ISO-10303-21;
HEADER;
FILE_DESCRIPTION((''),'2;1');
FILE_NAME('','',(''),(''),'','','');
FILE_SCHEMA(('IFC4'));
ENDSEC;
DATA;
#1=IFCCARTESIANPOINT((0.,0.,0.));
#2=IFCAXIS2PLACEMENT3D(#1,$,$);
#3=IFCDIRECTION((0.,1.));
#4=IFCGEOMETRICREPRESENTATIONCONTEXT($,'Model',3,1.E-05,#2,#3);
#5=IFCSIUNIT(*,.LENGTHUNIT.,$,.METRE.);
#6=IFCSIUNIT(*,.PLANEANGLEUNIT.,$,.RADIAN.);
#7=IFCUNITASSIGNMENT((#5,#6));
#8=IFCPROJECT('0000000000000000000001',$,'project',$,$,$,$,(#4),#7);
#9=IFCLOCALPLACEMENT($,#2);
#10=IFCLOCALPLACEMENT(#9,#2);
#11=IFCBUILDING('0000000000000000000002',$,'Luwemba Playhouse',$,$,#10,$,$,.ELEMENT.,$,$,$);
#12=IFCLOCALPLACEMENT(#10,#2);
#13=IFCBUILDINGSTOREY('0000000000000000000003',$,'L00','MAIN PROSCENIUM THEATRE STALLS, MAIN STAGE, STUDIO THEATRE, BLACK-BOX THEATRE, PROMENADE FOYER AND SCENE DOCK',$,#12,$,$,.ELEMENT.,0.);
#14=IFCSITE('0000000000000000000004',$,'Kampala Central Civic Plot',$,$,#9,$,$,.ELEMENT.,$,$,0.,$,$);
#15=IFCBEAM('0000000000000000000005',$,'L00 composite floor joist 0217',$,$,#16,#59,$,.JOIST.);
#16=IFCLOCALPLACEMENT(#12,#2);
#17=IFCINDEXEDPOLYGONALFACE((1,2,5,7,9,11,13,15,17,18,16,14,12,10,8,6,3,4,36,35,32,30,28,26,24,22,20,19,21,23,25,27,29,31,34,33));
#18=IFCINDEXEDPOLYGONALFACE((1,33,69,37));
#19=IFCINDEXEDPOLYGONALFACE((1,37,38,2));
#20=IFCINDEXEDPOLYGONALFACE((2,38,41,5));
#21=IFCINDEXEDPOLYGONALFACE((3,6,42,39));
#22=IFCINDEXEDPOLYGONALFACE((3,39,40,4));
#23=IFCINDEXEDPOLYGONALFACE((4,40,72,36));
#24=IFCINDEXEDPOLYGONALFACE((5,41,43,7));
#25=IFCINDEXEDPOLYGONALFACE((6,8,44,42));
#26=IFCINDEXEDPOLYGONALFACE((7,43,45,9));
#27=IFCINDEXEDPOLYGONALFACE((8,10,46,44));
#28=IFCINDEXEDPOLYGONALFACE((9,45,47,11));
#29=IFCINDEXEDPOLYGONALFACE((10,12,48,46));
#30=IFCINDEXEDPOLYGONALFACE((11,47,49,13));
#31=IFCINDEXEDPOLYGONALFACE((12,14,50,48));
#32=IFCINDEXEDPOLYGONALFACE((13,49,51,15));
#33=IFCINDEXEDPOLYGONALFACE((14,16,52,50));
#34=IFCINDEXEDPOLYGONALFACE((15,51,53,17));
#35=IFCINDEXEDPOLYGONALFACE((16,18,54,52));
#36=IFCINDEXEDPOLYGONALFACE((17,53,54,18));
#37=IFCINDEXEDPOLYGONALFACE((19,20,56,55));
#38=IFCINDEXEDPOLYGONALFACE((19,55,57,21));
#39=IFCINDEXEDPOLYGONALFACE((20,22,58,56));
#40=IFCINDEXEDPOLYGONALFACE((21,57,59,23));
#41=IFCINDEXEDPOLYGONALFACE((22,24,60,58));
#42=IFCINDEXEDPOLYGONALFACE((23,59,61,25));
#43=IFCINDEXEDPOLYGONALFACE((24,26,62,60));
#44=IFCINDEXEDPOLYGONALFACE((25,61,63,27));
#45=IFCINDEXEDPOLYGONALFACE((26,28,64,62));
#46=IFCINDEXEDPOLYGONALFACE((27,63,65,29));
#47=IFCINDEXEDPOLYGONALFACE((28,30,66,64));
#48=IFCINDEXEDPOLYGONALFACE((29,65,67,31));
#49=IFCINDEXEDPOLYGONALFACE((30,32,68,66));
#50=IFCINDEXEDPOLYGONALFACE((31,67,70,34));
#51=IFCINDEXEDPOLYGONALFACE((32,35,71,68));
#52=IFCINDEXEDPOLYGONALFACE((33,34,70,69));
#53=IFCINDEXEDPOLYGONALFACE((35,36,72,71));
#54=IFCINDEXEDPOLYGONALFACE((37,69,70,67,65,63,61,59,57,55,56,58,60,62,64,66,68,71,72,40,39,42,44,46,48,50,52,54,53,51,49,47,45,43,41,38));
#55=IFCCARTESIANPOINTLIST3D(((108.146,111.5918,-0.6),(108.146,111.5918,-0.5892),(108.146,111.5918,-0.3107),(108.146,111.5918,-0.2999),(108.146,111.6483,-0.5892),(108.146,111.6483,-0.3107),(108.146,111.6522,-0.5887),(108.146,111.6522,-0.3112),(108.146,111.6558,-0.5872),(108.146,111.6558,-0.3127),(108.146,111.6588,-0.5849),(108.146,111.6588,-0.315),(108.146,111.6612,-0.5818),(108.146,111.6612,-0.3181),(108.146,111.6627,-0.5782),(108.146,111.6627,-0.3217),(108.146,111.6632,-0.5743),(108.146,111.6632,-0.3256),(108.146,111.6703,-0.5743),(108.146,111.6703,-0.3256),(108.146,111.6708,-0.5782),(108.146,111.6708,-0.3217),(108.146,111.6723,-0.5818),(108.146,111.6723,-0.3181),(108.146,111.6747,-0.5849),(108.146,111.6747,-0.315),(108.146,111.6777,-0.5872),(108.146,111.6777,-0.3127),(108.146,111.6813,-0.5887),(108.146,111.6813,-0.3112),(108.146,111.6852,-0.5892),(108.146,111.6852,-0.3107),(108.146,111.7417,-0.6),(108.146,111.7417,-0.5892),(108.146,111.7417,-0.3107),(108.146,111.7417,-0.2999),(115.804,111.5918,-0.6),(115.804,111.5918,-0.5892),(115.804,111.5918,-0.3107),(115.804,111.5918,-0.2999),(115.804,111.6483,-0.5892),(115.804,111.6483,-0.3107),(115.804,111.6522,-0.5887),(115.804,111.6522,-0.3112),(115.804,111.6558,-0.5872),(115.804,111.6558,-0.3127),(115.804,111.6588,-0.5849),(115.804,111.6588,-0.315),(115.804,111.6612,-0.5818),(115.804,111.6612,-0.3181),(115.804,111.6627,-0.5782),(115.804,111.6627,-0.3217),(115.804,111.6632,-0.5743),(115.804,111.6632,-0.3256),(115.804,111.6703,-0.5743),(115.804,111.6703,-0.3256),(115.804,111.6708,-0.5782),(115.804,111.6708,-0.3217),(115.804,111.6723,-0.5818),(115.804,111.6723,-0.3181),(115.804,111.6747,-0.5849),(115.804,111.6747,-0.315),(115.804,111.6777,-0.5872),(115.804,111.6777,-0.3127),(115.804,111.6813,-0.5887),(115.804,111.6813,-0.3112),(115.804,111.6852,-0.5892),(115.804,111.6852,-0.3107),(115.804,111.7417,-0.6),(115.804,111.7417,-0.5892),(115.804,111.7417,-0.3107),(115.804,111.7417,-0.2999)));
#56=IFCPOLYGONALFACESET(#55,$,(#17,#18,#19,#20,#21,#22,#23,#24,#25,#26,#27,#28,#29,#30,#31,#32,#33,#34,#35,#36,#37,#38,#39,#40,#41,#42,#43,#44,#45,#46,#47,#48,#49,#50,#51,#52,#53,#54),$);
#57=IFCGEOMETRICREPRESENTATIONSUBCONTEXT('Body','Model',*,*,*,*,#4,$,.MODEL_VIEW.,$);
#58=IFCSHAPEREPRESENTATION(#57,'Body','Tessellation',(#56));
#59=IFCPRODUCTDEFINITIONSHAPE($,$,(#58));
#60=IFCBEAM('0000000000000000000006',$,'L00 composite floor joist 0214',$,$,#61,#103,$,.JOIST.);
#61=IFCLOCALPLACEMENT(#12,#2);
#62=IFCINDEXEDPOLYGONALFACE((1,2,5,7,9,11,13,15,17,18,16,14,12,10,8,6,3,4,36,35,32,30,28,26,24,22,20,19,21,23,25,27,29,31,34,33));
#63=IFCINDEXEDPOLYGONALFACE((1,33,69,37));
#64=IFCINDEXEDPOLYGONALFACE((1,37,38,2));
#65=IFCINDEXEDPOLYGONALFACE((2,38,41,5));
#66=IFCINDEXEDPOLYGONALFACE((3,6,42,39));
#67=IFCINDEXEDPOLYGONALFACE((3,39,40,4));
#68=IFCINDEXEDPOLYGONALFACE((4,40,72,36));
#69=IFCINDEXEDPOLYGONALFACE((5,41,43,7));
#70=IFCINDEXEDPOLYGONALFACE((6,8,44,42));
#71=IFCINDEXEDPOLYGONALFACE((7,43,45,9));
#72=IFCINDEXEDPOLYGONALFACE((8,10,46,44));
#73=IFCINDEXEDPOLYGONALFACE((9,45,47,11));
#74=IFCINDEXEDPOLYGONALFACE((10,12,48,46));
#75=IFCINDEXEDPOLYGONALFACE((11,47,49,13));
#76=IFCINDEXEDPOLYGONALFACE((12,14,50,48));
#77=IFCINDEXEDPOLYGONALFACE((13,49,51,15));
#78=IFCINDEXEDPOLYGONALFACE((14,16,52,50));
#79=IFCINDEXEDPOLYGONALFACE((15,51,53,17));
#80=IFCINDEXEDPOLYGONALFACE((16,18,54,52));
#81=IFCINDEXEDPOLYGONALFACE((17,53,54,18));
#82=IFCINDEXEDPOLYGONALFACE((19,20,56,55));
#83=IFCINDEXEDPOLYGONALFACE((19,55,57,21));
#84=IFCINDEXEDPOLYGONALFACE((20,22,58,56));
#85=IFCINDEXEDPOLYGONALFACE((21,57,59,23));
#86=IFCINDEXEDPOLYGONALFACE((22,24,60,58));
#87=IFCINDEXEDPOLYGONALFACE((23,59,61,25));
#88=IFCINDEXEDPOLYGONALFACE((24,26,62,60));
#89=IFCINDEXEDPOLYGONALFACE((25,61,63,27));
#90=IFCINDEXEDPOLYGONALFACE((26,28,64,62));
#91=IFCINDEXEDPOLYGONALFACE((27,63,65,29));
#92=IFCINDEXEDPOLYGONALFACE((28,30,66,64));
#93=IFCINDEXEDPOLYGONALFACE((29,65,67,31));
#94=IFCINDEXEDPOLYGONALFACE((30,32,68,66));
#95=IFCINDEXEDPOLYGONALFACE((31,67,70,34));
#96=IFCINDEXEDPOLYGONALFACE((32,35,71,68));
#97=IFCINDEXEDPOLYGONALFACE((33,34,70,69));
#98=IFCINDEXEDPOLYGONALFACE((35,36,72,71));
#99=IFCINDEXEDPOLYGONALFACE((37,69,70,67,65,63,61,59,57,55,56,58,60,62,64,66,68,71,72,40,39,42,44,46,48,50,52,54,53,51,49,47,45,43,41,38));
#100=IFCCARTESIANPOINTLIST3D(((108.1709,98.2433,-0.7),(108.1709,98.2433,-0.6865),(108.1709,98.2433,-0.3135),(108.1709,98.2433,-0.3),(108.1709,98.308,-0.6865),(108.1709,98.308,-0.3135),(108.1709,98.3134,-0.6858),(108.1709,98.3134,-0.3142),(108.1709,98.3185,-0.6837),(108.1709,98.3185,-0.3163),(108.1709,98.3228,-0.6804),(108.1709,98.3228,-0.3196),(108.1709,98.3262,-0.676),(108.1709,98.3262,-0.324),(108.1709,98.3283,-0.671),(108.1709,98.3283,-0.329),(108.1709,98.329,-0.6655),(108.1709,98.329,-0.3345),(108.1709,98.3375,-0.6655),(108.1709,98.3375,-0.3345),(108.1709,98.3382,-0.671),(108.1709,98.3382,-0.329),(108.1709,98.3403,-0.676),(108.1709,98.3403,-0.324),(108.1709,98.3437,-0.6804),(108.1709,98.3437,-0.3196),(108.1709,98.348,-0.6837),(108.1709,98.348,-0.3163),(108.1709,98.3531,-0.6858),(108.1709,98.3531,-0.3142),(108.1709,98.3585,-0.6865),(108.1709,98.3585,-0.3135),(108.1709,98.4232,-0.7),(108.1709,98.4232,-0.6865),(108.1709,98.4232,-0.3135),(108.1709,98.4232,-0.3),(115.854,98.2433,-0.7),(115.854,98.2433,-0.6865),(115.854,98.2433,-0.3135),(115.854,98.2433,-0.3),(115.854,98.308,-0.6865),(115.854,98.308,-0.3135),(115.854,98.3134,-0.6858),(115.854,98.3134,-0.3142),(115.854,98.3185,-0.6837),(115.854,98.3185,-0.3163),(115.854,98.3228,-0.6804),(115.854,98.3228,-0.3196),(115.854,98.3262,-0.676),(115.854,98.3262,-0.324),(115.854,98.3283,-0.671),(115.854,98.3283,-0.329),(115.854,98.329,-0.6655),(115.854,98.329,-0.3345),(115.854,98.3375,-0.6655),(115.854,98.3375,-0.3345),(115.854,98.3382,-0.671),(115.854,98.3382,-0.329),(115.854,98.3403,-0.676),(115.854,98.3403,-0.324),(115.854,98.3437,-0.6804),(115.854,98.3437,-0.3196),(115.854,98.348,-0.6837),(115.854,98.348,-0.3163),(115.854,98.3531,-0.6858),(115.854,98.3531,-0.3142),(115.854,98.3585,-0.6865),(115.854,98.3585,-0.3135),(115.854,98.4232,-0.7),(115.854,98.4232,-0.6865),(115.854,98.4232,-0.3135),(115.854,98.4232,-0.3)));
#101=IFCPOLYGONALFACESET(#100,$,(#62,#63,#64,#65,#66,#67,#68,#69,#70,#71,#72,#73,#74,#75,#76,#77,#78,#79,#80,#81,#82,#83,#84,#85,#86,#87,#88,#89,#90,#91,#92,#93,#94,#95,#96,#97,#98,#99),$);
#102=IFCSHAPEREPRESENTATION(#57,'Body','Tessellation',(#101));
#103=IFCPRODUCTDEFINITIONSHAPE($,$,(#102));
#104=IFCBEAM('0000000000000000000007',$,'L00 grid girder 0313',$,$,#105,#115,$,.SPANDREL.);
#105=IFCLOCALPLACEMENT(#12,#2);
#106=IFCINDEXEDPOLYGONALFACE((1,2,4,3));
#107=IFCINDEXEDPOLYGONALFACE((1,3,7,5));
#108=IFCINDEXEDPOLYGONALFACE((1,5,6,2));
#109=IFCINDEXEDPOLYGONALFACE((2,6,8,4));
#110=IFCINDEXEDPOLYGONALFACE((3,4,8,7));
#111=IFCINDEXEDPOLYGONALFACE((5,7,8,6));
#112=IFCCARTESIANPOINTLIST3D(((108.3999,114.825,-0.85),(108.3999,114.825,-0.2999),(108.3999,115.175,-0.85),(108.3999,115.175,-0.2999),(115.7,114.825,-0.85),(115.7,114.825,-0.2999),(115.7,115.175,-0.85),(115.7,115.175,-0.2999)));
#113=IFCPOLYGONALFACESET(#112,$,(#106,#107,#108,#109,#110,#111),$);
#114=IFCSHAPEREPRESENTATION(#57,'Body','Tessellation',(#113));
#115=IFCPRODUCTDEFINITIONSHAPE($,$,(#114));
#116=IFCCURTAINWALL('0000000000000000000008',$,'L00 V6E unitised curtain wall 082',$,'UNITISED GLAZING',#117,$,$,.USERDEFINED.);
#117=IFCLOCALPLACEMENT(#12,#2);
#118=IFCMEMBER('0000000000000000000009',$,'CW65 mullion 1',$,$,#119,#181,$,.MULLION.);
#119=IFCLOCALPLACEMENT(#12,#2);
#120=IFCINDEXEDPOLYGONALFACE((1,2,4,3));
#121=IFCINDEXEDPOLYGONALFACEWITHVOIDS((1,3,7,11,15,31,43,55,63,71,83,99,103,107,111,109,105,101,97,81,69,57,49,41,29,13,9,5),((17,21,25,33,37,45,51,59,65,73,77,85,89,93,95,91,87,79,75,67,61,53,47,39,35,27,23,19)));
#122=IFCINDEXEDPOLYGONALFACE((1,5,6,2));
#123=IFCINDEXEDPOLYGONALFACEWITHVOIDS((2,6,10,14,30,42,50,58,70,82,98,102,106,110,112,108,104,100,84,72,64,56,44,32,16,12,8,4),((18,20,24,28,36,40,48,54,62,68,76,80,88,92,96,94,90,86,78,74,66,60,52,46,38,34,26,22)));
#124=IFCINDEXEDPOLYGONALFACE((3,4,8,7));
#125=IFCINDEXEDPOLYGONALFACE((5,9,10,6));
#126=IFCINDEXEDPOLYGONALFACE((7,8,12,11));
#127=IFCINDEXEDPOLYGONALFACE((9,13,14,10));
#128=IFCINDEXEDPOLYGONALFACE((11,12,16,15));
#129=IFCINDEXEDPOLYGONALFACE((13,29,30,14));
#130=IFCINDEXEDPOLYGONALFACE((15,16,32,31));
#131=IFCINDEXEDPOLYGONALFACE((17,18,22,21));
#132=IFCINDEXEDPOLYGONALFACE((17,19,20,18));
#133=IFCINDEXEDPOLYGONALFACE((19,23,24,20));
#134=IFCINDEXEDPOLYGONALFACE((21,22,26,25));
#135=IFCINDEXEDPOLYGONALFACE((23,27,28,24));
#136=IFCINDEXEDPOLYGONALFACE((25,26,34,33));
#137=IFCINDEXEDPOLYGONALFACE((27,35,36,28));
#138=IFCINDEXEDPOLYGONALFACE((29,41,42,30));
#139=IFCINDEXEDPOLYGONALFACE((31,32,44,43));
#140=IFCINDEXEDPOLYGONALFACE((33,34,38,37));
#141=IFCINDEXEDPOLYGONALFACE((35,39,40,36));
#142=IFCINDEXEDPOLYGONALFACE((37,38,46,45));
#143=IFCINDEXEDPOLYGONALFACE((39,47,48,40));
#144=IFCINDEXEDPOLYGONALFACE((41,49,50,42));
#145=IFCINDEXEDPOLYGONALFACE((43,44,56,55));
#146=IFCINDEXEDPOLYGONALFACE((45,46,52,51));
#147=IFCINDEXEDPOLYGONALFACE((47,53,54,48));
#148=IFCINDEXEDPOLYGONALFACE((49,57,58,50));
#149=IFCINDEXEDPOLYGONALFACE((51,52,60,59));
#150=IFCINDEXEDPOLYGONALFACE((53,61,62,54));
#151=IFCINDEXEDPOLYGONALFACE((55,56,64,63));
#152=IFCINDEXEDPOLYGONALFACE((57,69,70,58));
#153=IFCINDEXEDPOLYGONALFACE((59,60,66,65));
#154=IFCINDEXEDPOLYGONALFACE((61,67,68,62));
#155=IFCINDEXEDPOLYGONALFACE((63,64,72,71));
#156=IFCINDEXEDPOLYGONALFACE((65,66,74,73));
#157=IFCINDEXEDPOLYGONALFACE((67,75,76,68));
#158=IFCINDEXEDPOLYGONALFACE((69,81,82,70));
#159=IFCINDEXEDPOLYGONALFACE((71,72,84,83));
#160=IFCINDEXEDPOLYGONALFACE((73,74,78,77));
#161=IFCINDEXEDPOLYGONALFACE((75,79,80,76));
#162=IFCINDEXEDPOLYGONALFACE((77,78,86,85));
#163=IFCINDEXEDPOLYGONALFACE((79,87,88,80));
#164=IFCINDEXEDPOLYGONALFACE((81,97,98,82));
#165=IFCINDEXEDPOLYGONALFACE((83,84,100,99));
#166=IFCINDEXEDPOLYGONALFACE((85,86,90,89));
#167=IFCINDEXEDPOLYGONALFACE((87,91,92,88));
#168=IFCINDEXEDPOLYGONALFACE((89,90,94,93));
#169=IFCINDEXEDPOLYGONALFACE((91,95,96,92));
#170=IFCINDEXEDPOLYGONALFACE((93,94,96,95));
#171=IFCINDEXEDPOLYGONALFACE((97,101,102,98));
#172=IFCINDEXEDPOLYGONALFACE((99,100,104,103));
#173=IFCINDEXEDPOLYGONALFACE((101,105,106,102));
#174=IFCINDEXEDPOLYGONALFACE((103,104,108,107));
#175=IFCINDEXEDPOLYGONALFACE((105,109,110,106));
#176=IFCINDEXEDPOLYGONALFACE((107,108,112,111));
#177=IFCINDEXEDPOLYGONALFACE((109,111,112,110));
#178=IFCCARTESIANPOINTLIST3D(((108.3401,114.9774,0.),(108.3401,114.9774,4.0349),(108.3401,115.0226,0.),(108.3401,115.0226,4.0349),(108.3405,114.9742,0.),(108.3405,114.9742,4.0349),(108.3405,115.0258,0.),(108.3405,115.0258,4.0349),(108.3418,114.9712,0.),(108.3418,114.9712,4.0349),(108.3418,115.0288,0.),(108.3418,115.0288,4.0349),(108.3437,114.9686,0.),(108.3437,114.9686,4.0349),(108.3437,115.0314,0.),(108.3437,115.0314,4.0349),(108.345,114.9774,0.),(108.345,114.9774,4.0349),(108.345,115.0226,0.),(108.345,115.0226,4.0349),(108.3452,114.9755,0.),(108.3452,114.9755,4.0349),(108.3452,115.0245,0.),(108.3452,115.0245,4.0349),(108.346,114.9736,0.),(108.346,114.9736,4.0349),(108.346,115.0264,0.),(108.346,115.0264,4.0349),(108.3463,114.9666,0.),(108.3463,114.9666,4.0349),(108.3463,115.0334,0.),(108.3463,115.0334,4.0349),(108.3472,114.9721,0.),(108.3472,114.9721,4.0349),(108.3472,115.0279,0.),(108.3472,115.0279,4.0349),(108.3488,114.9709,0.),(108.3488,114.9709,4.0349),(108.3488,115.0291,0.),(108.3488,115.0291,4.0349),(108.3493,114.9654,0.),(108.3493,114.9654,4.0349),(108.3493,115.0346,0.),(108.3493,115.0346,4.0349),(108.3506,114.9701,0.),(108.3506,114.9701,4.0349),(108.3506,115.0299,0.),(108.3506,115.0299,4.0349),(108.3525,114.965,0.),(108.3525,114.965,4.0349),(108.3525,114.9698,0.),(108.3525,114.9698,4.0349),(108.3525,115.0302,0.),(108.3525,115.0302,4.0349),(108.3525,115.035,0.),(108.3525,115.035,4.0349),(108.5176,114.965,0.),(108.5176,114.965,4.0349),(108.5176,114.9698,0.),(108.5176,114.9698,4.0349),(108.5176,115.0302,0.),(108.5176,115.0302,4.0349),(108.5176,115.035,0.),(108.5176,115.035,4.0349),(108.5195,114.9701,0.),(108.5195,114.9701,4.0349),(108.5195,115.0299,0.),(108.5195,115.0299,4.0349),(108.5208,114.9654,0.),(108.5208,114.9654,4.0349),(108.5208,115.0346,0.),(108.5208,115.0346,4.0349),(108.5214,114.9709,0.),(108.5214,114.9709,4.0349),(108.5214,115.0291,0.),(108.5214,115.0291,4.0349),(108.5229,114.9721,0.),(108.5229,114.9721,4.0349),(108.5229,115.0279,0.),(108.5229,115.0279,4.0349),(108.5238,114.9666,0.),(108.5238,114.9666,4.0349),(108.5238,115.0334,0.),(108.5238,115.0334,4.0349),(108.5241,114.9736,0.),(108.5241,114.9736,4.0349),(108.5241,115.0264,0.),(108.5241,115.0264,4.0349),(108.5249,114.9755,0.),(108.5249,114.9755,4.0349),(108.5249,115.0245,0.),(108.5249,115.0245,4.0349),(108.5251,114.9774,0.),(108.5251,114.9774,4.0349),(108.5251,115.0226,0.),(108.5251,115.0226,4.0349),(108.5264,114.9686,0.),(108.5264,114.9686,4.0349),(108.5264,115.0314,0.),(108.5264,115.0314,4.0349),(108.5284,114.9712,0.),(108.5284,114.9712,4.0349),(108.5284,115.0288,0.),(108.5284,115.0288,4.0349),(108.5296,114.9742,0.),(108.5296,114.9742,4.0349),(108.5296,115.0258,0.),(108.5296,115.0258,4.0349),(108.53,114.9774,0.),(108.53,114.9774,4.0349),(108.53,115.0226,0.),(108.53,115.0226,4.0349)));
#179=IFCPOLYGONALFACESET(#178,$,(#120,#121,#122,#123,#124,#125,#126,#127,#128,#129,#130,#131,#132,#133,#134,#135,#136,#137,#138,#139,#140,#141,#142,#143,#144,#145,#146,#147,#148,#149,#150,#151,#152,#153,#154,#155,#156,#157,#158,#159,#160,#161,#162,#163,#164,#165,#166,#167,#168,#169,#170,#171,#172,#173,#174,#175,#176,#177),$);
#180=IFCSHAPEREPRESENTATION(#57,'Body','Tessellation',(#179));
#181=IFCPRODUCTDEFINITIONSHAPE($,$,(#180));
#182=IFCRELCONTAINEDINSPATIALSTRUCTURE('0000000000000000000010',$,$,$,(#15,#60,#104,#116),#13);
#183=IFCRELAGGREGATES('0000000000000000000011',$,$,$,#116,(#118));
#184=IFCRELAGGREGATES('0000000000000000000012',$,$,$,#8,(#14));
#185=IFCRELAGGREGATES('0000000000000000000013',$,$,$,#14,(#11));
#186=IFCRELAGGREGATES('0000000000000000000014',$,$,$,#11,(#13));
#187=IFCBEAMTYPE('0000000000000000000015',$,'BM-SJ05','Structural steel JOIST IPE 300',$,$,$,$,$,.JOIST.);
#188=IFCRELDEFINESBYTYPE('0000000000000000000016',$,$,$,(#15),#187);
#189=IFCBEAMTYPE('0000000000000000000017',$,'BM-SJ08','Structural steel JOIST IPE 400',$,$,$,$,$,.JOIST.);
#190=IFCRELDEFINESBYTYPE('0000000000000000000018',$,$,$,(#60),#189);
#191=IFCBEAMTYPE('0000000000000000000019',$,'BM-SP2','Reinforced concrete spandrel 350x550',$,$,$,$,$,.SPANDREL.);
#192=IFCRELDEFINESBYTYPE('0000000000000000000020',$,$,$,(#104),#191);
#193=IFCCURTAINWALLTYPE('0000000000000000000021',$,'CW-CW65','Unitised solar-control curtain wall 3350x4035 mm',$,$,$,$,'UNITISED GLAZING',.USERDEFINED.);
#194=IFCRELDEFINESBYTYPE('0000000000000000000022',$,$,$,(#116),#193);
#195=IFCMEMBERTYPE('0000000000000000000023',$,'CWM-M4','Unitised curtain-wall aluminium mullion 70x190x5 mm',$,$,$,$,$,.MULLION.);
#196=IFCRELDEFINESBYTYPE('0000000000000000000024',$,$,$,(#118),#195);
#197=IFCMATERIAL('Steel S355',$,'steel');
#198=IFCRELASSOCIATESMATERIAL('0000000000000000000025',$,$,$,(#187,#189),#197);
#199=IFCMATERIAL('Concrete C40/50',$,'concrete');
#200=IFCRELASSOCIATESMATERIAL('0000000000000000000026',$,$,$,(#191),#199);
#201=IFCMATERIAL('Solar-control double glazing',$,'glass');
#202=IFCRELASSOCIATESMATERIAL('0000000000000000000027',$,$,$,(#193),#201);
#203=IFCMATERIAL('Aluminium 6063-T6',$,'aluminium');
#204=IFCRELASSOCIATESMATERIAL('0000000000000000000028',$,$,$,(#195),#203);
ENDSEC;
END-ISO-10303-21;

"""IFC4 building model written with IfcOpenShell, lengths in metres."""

from ifc_helpers import new_model, si_unit, direction, frame, origin, origin_2d, place, context, subcontext, project, spatial, rectangle, hollow_rectangle, i_section, extrude, material, material_profile, profile_set, type_object, element, aggregate, save


model = new_model("IFC4")

# Units and contexts
model_context = context("Model", 3, precision=1e-05, world=origin(), true_north=direction((0.0, 1.0)))
body_context = subcontext(model_context, "Body", "Model", "MODEL_VIEW")
ifc_project = project(units=[si_unit("LENGTHUNIT", "METRE"), si_unit("PLANEANGLEUNIT", "RADIAN")], contexts=[model_context])

# Site, building, storey
site_placement = place(None, origin())
site = spatial("IfcSite", under=ifc_project, at=site_placement, Name="Kampala Central Civic Plot", CompositionType="ELEMENT", RefElevation=0.0)
building_placement = place(site_placement, origin())
building = spatial("IfcBuilding", under=site, at=building_placement, Name="Luwemba Playhouse", CompositionType="ELEMENT")
storey_placement = place(building_placement, origin())
storey = spatial("IfcBuildingStorey", under=building, at=storey_placement, Name="L00", Description="MAIN PROSCENIUM THEATRE STALLS, MAIN STAGE, STUDIO THEATRE, BLACK-BOX THEATRE, PROMENADE FOYER AND SCENE DOCK", CompositionType="ELEMENT", Elevation=0.0)

# Shared definitions
ifc_material_1 = material(Name="Concrete C40/50", Category="concrete")

# Beams
ifc_material_2 = material(Name="Steel S355", Category="steel")
ifc_material_profile_1 = material_profile(ifc_material_2, i_section(OverallWidth=0.1499, OverallDepth=0.3, WebThickness=0.0071, FlangeThickness=0.0107, FilletRadius=0.0149, at=origin_2d()))
ifc_profile_set_1 = profile_set([ifc_material_profile_1], Name="Steel S355")
beam_type_1 = type_object("IfcBeamType", Name="BM-SJ05", Description="Structural steel JOIST IPE 300", PredefinedType="JOIST", material=ifc_profile_set_1)
beam_1_placement = place(storey_placement, frame((108.146, 111.6667, -0.45), z_axis=(1.0, 0.0, 0.0), x_axis=(0.0, 1.0, 0.0)))
element("IfcBeam", 1, at=beam_1_placement, inside=storey, type_object=beam_type_1, Name="L00 composite floor joist 0217", PredefinedType="JOIST", context=body_context, shape_type="SweptSolid", body=[
    extrude(i_section(OverallWidth=0.1499, OverallDepth=0.3, WebThickness=0.0071, FlangeThickness=0.0107, FilletRadius=0.0149, at=origin_2d()), origin(), (0.0, 0.0, 1.0), 7.658),
])
ifc_material_profile_2 = material_profile(ifc_material_2, i_section(OverallWidth=0.1799, OverallDepth=0.3999, WebThickness=0.0085, FlangeThickness=0.0134, FilletRadius=0.021, at=origin_2d()))
ifc_profile_set_2 = profile_set([ifc_material_profile_2], Name="Steel S355")
beam_type_2 = type_object("IfcBeamType", Name="BM-SJ08", Description="Structural steel JOIST IPE 400", PredefinedType="JOIST", material=ifc_profile_set_2)
beam_2_placement = place(storey_placement, frame((108.1709, 98.3333, -0.5), z_axis=(1.0, 0.0, 0.0), x_axis=(0.0, 1.0, 0.0)))
element("IfcBeam", 2, at=beam_2_placement, inside=storey, type_object=beam_type_2, Name="L00 composite floor joist 0214", PredefinedType="JOIST", context=body_context, shape_type="SweptSolid", body=[
    extrude(i_section(OverallWidth=0.1799, OverallDepth=0.3999, WebThickness=0.0085, FlangeThickness=0.0134, FilletRadius=0.021, at=origin_2d()), origin(), (0.0, 0.0, 1.0), 7.6831),
])
ifc_material_profile_3 = material_profile(ifc_material_1, rectangle(XDim=0.3501, YDim=0.55, at=origin_2d()))
ifc_profile_set_3 = profile_set([ifc_material_profile_3], Name="Concrete C40/50")
beam_type_3 = type_object("IfcBeamType", Name="BM-SP2", Description="Reinforced concrete spandrel 350x550", PredefinedType="SPANDREL", material=ifc_profile_set_3)
beam_3_placement = place(storey_placement, frame((108.3999, 115.0, -0.575), z_axis=(1.0, 0.0, 0.0), x_axis=(0.0, 1.0, 0.0)))
element("IfcBeam", 3, at=beam_3_placement, inside=storey, type_object=beam_type_3, Name="L00 grid girder 0313", PredefinedType="SPANDREL", context=body_context, shape_type="SweptSolid", body=[
    extrude(rectangle(XDim=0.3501, YDim=0.55, at=origin_2d()), origin(), (0.0, 0.0, 1.0), 7.3),
])

# Curtain wall, member
ifc_material_3 = material(Name="Solar-control double glazing", Category="glass")
curtain_wall_type = type_object("IfcCurtainWallType", Name="CW-CW65", Description="Unitised solar-control curtain wall 3350x4035 mm", ElementType="UNITISED GLAZING", PredefinedType="USERDEFINED", material=ifc_material_3)
curtain_wall_placement = place(storey_placement, origin())
curtain_wall = element("IfcCurtainWall", 4, at=curtain_wall_placement, inside=storey, type_object=curtain_wall_type, Name="L00 V6E unitised curtain wall 082", ObjectType="UNITISED GLAZING", PredefinedType="USERDEFINED")
ifc_material_4 = material(Name="Aluminium 6063-T6", Category="aluminium")
ifc_material_profile_4 = material_profile(ifc_material_4, hollow_rectangle(XDim=0.0701, YDim=0.1899, WallThickness=0.0049, InnerFilletRadius=0.0076, OuterFilletRadius=0.0125, at=origin_2d()))
ifc_profile_set_4 = profile_set([ifc_material_profile_4], Name="Aluminium 6063-T6")
member_type_1 = type_object("IfcMemberType", Name="CWM-M4", Description="Unitised curtain-wall aluminium mullion 70x190x5 mm", PredefinedType="MULLION", material=ifc_profile_set_4)
member_1_placement = place(storey_placement, frame((108.4351, 115.0, 0.0), z_axis=(0.0, 0.0, 1.0), x_axis=(0.0, 1.0, 0.0)))
member_1 = element("IfcMember", 5, at=member_1_placement, type_object=member_type_1, Name="CW65 mullion 1", PredefinedType="MULLION", context=body_context, shape_type="SweptSolid", body=[
    extrude(hollow_rectangle(XDim=0.0701, YDim=0.1899, WallThickness=0.0049, InnerFilletRadius=0.0076, OuterFilletRadius=0.0125, at=origin_2d()), origin(), (0.0, 0.0, 1.0), 4.0349),
])
aggregate(curtain_wall, [member_1])

save(model, "model.ifc")
